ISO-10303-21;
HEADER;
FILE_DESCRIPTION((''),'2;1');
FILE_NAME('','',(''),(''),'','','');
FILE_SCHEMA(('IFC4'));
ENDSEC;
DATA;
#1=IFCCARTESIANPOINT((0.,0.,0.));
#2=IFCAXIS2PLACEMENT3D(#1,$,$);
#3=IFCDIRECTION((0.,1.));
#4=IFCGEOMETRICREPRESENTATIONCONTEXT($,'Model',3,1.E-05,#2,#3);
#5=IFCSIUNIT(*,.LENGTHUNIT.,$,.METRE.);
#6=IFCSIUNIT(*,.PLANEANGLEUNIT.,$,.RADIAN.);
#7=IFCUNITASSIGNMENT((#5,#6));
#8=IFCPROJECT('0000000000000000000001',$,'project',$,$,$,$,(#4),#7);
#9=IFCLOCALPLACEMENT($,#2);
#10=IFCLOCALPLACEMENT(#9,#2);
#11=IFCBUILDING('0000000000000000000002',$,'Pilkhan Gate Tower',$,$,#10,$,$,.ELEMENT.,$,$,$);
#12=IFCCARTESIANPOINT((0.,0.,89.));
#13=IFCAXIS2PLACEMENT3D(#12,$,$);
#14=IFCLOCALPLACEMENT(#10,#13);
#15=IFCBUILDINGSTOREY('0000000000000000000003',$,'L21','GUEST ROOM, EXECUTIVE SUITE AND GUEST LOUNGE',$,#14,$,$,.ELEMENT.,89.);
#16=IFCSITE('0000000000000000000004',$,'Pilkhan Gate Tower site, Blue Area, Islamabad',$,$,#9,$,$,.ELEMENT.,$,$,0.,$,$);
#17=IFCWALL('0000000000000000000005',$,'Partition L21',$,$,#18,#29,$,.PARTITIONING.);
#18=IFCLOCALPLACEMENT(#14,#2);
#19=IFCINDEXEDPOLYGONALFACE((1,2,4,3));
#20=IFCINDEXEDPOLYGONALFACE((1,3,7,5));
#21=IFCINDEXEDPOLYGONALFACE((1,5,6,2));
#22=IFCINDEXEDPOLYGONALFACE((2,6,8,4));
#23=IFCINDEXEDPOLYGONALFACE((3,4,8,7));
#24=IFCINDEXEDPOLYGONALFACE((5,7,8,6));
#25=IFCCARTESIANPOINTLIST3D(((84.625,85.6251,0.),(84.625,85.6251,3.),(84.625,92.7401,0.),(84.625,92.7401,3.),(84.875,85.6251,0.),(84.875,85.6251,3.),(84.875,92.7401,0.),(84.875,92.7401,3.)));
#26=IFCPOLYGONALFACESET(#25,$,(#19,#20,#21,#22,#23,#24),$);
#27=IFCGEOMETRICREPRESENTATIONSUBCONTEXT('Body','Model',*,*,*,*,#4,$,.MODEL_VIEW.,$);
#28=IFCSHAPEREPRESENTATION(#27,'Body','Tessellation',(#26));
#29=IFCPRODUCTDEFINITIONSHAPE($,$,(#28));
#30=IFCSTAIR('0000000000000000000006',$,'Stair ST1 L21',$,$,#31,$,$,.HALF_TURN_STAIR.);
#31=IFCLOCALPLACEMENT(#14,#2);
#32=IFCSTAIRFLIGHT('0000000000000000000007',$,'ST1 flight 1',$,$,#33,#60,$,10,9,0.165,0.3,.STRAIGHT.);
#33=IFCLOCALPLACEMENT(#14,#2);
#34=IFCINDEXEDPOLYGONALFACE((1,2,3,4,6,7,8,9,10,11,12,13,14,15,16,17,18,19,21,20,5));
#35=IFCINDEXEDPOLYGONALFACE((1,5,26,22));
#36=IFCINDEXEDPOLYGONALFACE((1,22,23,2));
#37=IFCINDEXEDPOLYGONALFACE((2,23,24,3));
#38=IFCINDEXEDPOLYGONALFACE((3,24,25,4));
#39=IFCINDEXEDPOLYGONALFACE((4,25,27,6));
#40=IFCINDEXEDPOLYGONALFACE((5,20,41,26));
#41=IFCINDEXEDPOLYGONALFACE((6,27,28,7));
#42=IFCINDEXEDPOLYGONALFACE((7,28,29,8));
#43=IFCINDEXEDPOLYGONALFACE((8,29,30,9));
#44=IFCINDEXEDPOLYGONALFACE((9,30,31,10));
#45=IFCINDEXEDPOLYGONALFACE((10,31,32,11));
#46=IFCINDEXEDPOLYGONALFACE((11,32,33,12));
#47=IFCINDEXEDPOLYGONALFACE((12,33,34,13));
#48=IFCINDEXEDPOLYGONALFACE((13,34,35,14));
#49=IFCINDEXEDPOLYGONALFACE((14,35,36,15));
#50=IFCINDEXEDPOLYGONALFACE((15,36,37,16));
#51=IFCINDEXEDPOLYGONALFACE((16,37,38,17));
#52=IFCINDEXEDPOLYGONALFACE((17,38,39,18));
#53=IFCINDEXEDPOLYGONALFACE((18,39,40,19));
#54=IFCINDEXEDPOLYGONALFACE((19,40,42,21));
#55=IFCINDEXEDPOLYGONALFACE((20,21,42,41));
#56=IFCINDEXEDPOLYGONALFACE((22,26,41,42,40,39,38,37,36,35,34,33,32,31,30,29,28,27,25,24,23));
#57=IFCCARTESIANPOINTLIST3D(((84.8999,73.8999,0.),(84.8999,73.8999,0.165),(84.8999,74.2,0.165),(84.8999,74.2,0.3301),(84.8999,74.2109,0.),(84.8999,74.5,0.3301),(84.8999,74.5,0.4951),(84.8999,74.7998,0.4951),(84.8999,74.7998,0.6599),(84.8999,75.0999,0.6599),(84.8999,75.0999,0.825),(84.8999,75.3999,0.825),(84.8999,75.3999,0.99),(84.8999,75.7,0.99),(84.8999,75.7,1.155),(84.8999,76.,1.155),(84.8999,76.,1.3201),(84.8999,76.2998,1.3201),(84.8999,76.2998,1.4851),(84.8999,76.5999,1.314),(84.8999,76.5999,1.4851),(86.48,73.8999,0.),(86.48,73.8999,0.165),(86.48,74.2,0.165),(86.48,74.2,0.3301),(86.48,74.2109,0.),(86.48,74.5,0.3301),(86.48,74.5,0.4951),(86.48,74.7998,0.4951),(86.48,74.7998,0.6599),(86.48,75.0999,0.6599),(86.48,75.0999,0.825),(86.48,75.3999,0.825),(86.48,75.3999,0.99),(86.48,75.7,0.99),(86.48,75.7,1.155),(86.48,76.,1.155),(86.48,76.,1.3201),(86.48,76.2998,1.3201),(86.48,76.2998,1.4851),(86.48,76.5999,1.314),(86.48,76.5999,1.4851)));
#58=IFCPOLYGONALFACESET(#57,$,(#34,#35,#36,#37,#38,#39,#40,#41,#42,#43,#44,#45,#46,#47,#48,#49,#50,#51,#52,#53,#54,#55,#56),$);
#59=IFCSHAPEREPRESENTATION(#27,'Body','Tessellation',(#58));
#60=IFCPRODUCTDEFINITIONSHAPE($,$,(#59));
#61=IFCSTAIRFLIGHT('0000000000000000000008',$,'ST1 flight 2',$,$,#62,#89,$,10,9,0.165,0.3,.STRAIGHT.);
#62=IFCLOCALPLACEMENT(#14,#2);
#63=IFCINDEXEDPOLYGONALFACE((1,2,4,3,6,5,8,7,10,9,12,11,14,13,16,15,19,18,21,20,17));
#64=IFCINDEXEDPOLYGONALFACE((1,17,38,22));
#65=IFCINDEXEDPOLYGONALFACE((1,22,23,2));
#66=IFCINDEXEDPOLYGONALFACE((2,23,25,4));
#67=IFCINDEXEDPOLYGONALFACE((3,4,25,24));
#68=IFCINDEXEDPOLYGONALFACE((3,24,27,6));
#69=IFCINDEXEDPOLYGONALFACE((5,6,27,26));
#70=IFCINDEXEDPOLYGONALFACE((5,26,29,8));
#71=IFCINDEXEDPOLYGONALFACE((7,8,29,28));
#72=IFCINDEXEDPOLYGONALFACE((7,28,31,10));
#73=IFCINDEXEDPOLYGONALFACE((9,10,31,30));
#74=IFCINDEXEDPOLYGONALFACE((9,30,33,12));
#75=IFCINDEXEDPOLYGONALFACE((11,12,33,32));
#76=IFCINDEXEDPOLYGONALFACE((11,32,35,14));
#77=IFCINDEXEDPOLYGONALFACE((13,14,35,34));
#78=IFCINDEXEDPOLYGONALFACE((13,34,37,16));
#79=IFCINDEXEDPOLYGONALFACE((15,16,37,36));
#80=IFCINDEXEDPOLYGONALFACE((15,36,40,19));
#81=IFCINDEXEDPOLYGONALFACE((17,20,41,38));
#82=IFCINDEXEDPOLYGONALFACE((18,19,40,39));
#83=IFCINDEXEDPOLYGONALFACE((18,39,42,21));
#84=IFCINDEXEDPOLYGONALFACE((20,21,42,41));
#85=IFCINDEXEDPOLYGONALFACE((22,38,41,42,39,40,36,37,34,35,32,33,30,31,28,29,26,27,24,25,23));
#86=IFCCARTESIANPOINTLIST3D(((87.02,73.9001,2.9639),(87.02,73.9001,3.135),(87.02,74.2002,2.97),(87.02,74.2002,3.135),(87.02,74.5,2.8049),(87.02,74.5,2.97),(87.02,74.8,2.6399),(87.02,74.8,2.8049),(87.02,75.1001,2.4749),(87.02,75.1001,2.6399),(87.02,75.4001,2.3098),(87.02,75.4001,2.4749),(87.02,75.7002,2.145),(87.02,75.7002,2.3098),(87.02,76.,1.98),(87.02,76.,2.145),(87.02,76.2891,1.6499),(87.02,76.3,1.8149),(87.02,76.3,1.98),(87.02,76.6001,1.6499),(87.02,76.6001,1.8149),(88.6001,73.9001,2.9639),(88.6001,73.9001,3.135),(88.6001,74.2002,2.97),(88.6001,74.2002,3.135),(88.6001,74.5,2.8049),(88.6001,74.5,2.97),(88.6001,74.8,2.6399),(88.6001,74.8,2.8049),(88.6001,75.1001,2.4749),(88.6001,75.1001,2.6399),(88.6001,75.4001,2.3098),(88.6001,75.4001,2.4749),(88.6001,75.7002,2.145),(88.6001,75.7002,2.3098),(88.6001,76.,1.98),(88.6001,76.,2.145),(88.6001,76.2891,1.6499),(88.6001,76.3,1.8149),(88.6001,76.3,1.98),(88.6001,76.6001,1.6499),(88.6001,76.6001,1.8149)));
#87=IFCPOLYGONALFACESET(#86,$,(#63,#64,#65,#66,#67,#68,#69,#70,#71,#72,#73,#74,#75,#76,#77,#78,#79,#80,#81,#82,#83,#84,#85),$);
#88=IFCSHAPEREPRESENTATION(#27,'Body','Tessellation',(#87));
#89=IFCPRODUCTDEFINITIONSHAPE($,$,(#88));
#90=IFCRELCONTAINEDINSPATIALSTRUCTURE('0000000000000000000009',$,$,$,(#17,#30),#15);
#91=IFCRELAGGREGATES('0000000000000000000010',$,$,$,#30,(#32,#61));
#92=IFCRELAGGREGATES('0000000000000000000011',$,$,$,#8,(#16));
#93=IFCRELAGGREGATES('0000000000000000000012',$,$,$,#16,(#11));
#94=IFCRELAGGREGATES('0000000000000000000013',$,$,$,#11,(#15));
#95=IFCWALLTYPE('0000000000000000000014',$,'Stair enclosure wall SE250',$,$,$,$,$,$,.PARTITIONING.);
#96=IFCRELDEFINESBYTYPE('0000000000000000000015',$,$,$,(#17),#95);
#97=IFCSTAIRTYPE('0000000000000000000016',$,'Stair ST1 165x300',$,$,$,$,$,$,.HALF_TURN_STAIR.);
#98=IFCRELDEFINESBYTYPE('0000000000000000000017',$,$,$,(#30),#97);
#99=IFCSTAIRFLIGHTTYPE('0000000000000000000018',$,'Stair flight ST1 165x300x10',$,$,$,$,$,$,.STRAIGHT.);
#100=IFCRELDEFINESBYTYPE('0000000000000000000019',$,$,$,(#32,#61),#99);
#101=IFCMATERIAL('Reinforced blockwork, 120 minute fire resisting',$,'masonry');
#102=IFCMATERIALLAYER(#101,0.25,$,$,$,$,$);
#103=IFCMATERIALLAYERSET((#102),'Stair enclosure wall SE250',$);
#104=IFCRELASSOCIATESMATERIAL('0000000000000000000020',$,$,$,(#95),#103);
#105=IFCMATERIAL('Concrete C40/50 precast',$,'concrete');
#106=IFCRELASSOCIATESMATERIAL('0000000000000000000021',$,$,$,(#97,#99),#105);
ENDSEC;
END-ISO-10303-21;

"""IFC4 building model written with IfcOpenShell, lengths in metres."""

from ifc_helpers import new_model, si_unit, direction, frame, frame_2d, origin, place, context, subcontext, project, spatial, polyline, rectangle, outline, extrude, material, layer, layer_set, type_object, element, aggregate, save


model = new_model("IFC4")

# Units and contexts
model_context = context("Model", 3, precision=1e-05, world=origin(), true_north=direction((0.0, 1.0)))
body_context = subcontext(model_context, "Body", "Model", "MODEL_VIEW")
ifc_project = project(units=[si_unit("LENGTHUNIT", "METRE"), si_unit("PLANEANGLEUNIT", "RADIAN")], contexts=[model_context])

# Site, building, storey
site_placement = place(None, origin())
site = spatial("IfcSite", under=ifc_project, at=site_placement, Name="Pilkhan Gate Tower site, Blue Area, Islamabad", CompositionType="ELEMENT", RefElevation=0.0)
building_placement = place(site_placement, origin())
building = spatial("IfcBuilding", under=site, at=building_placement, Name="Pilkhan Gate Tower", CompositionType="ELEMENT")
storey_placement = place(building_placement, frame((0.0, 0.0, 89.0)))
storey = spatial("IfcBuildingStorey", under=building, at=storey_placement, Name="L21", Description="GUEST ROOM, EXECUTIVE SUITE AND GUEST LOUNGE", CompositionType="ELEMENT", Elevation=89.0)

# Wall
ifc_material_1 = material(Name="Reinforced blockwork, 120 minute fire resisting", Category="masonry")
ifc_layer_1 = layer(ifc_material_1, 0.25)
ifc_layer_set_1 = layer_set([ifc_layer_1], Name="Stair enclosure wall SE250")
wall_type_1 = type_object("IfcWallType", Name="Stair enclosure wall SE250", PredefinedType="PARTITIONING", material=ifc_layer_set_1)
for number, where, z_axis, x_axis, name in (
    (1, (84.75, 85.625, 0.0), (0.0, 0.0, 1.0), (0.0, 1.0, 0.0), "Partition L21"),
):
    element("IfcWall", number, at=place(storey_placement, frame(where, z_axis=z_axis, x_axis=x_axis)), inside=storey, type_object=wall_type_1, Name=name, PredefinedType="PARTITIONING", context=body_context, shape_type="SweptSolid", body=[
        extrude(rectangle(XDim=7.115, YDim=0.25, at=frame_2d((3.5576, 0.0))), origin(), (0.0, 0.0, 1.0), 3.0),
    ])

# Stair, stair flights
ifc_material_2 = material(Name="Concrete C40/50 precast", Category="concrete")
stair_type = type_object("IfcStairType", Name="Stair ST1 165x300", PredefinedType="HALF_TURN_STAIR", material=ifc_material_2)
stair_placement = place(storey_placement, origin())
stair = element("IfcStair", 2, at=stair_placement, inside=storey, type_object=stair_type, Name="Stair ST1 L21", PredefinedType="HALF_TURN_STAIR")
stair_flight_type = type_object("IfcStairFlightType", Name="Stair flight ST1 165x300x10", PredefinedType="STRAIGHT", material=ifc_material_2)
stair_flight_1_placement = place(storey_placement, frame((85.6899, 73.8999, 0.0), z_axis=(0.0, 0.0, 1.0), x_axis=(0.0, 1.0, 0.0)))
stair_flight_1 = element("IfcStairFlight", 3, at=stair_flight_1_placement, type_object=stair_flight_type, Name="ST1 flight 1", NumberOfRisers=10, NumberOfTreads=9, PredefinedType="STRAIGHT", RiserHeight=0.165, TreadLength=0.3, context=body_context, shape_type="SweptSolid", body=[
    extrude(outline(polyline([(0.0, 0.0), (0.0, 0.165), (0.3, 0.165), (0.3, 0.3301), (0.6001, 0.3301), (0.6001, 0.4951), (0.8999, 0.4951), (0.8999, 0.6599), (1.2, 0.6599), (1.2, 0.825), (1.5, 0.825), (1.5, 0.99), (1.8, 0.99), (1.8, 1.155), (2.1001, 1.155), (2.1001, 1.3201), (2.3999, 1.3201), (2.3999, 1.4851), (2.7, 1.4851), (2.7, 1.6499), (2.7, 1.314), (0.311, 0.0), (0.0, 0.0)])), frame((0.0, 0.79, 0.0), z_axis=(0.0, -1.0, 0.0), x_axis=(1.0, 0.0, 0.0)), (0.0, 0.0, 1.0), 1.5801),
])
stair_flight_2_placement = place(storey_placement, frame((87.8101, 76.6001, 1.6499), z_axis=(0.0, 0.0, 1.0), x_axis=(0.0, -1.0, 0.0)))
stair_flight_2 = element("IfcStairFlight", 4, at=stair_flight_2_placement, type_object=stair_flight_type, Name="ST1 flight 2", NumberOfRisers=10, NumberOfTreads=9, PredefinedType="STRAIGHT", RiserHeight=0.165, TreadLength=0.3, context=body_context, shape_type="SweptSolid", body=[
    extrude(outline(polyline([(0.0, 0.0), (0.0, 0.165), (0.3, 0.165), (0.3, 0.3301), (0.6001, 0.3301), (0.6001, 0.4951), (0.8999, 0.4951), (0.8999, 0.6599), (1.2, 0.6599), (1.2, 0.825), (1.5, 0.825), (1.5, 0.99), (1.8, 0.99), (1.8, 1.155), (2.1001, 1.155), (2.1001, 1.3201), (2.3999, 1.3201), (2.3999, 1.4851), (2.7, 1.4851), (2.7, 1.6499), (2.7, 1.314), (0.311, 0.0), (0.0, 0.0)])), frame((0.0, 0.79, 0.0), z_axis=(0.0, -1.0, 0.0), x_axis=(1.0, 0.0, 0.0)), (0.0, 0.0, 1.0), 1.5801),
])
aggregate(stair, [stair_flight_1, stair_flight_2])

save(model, "model.ifc")
